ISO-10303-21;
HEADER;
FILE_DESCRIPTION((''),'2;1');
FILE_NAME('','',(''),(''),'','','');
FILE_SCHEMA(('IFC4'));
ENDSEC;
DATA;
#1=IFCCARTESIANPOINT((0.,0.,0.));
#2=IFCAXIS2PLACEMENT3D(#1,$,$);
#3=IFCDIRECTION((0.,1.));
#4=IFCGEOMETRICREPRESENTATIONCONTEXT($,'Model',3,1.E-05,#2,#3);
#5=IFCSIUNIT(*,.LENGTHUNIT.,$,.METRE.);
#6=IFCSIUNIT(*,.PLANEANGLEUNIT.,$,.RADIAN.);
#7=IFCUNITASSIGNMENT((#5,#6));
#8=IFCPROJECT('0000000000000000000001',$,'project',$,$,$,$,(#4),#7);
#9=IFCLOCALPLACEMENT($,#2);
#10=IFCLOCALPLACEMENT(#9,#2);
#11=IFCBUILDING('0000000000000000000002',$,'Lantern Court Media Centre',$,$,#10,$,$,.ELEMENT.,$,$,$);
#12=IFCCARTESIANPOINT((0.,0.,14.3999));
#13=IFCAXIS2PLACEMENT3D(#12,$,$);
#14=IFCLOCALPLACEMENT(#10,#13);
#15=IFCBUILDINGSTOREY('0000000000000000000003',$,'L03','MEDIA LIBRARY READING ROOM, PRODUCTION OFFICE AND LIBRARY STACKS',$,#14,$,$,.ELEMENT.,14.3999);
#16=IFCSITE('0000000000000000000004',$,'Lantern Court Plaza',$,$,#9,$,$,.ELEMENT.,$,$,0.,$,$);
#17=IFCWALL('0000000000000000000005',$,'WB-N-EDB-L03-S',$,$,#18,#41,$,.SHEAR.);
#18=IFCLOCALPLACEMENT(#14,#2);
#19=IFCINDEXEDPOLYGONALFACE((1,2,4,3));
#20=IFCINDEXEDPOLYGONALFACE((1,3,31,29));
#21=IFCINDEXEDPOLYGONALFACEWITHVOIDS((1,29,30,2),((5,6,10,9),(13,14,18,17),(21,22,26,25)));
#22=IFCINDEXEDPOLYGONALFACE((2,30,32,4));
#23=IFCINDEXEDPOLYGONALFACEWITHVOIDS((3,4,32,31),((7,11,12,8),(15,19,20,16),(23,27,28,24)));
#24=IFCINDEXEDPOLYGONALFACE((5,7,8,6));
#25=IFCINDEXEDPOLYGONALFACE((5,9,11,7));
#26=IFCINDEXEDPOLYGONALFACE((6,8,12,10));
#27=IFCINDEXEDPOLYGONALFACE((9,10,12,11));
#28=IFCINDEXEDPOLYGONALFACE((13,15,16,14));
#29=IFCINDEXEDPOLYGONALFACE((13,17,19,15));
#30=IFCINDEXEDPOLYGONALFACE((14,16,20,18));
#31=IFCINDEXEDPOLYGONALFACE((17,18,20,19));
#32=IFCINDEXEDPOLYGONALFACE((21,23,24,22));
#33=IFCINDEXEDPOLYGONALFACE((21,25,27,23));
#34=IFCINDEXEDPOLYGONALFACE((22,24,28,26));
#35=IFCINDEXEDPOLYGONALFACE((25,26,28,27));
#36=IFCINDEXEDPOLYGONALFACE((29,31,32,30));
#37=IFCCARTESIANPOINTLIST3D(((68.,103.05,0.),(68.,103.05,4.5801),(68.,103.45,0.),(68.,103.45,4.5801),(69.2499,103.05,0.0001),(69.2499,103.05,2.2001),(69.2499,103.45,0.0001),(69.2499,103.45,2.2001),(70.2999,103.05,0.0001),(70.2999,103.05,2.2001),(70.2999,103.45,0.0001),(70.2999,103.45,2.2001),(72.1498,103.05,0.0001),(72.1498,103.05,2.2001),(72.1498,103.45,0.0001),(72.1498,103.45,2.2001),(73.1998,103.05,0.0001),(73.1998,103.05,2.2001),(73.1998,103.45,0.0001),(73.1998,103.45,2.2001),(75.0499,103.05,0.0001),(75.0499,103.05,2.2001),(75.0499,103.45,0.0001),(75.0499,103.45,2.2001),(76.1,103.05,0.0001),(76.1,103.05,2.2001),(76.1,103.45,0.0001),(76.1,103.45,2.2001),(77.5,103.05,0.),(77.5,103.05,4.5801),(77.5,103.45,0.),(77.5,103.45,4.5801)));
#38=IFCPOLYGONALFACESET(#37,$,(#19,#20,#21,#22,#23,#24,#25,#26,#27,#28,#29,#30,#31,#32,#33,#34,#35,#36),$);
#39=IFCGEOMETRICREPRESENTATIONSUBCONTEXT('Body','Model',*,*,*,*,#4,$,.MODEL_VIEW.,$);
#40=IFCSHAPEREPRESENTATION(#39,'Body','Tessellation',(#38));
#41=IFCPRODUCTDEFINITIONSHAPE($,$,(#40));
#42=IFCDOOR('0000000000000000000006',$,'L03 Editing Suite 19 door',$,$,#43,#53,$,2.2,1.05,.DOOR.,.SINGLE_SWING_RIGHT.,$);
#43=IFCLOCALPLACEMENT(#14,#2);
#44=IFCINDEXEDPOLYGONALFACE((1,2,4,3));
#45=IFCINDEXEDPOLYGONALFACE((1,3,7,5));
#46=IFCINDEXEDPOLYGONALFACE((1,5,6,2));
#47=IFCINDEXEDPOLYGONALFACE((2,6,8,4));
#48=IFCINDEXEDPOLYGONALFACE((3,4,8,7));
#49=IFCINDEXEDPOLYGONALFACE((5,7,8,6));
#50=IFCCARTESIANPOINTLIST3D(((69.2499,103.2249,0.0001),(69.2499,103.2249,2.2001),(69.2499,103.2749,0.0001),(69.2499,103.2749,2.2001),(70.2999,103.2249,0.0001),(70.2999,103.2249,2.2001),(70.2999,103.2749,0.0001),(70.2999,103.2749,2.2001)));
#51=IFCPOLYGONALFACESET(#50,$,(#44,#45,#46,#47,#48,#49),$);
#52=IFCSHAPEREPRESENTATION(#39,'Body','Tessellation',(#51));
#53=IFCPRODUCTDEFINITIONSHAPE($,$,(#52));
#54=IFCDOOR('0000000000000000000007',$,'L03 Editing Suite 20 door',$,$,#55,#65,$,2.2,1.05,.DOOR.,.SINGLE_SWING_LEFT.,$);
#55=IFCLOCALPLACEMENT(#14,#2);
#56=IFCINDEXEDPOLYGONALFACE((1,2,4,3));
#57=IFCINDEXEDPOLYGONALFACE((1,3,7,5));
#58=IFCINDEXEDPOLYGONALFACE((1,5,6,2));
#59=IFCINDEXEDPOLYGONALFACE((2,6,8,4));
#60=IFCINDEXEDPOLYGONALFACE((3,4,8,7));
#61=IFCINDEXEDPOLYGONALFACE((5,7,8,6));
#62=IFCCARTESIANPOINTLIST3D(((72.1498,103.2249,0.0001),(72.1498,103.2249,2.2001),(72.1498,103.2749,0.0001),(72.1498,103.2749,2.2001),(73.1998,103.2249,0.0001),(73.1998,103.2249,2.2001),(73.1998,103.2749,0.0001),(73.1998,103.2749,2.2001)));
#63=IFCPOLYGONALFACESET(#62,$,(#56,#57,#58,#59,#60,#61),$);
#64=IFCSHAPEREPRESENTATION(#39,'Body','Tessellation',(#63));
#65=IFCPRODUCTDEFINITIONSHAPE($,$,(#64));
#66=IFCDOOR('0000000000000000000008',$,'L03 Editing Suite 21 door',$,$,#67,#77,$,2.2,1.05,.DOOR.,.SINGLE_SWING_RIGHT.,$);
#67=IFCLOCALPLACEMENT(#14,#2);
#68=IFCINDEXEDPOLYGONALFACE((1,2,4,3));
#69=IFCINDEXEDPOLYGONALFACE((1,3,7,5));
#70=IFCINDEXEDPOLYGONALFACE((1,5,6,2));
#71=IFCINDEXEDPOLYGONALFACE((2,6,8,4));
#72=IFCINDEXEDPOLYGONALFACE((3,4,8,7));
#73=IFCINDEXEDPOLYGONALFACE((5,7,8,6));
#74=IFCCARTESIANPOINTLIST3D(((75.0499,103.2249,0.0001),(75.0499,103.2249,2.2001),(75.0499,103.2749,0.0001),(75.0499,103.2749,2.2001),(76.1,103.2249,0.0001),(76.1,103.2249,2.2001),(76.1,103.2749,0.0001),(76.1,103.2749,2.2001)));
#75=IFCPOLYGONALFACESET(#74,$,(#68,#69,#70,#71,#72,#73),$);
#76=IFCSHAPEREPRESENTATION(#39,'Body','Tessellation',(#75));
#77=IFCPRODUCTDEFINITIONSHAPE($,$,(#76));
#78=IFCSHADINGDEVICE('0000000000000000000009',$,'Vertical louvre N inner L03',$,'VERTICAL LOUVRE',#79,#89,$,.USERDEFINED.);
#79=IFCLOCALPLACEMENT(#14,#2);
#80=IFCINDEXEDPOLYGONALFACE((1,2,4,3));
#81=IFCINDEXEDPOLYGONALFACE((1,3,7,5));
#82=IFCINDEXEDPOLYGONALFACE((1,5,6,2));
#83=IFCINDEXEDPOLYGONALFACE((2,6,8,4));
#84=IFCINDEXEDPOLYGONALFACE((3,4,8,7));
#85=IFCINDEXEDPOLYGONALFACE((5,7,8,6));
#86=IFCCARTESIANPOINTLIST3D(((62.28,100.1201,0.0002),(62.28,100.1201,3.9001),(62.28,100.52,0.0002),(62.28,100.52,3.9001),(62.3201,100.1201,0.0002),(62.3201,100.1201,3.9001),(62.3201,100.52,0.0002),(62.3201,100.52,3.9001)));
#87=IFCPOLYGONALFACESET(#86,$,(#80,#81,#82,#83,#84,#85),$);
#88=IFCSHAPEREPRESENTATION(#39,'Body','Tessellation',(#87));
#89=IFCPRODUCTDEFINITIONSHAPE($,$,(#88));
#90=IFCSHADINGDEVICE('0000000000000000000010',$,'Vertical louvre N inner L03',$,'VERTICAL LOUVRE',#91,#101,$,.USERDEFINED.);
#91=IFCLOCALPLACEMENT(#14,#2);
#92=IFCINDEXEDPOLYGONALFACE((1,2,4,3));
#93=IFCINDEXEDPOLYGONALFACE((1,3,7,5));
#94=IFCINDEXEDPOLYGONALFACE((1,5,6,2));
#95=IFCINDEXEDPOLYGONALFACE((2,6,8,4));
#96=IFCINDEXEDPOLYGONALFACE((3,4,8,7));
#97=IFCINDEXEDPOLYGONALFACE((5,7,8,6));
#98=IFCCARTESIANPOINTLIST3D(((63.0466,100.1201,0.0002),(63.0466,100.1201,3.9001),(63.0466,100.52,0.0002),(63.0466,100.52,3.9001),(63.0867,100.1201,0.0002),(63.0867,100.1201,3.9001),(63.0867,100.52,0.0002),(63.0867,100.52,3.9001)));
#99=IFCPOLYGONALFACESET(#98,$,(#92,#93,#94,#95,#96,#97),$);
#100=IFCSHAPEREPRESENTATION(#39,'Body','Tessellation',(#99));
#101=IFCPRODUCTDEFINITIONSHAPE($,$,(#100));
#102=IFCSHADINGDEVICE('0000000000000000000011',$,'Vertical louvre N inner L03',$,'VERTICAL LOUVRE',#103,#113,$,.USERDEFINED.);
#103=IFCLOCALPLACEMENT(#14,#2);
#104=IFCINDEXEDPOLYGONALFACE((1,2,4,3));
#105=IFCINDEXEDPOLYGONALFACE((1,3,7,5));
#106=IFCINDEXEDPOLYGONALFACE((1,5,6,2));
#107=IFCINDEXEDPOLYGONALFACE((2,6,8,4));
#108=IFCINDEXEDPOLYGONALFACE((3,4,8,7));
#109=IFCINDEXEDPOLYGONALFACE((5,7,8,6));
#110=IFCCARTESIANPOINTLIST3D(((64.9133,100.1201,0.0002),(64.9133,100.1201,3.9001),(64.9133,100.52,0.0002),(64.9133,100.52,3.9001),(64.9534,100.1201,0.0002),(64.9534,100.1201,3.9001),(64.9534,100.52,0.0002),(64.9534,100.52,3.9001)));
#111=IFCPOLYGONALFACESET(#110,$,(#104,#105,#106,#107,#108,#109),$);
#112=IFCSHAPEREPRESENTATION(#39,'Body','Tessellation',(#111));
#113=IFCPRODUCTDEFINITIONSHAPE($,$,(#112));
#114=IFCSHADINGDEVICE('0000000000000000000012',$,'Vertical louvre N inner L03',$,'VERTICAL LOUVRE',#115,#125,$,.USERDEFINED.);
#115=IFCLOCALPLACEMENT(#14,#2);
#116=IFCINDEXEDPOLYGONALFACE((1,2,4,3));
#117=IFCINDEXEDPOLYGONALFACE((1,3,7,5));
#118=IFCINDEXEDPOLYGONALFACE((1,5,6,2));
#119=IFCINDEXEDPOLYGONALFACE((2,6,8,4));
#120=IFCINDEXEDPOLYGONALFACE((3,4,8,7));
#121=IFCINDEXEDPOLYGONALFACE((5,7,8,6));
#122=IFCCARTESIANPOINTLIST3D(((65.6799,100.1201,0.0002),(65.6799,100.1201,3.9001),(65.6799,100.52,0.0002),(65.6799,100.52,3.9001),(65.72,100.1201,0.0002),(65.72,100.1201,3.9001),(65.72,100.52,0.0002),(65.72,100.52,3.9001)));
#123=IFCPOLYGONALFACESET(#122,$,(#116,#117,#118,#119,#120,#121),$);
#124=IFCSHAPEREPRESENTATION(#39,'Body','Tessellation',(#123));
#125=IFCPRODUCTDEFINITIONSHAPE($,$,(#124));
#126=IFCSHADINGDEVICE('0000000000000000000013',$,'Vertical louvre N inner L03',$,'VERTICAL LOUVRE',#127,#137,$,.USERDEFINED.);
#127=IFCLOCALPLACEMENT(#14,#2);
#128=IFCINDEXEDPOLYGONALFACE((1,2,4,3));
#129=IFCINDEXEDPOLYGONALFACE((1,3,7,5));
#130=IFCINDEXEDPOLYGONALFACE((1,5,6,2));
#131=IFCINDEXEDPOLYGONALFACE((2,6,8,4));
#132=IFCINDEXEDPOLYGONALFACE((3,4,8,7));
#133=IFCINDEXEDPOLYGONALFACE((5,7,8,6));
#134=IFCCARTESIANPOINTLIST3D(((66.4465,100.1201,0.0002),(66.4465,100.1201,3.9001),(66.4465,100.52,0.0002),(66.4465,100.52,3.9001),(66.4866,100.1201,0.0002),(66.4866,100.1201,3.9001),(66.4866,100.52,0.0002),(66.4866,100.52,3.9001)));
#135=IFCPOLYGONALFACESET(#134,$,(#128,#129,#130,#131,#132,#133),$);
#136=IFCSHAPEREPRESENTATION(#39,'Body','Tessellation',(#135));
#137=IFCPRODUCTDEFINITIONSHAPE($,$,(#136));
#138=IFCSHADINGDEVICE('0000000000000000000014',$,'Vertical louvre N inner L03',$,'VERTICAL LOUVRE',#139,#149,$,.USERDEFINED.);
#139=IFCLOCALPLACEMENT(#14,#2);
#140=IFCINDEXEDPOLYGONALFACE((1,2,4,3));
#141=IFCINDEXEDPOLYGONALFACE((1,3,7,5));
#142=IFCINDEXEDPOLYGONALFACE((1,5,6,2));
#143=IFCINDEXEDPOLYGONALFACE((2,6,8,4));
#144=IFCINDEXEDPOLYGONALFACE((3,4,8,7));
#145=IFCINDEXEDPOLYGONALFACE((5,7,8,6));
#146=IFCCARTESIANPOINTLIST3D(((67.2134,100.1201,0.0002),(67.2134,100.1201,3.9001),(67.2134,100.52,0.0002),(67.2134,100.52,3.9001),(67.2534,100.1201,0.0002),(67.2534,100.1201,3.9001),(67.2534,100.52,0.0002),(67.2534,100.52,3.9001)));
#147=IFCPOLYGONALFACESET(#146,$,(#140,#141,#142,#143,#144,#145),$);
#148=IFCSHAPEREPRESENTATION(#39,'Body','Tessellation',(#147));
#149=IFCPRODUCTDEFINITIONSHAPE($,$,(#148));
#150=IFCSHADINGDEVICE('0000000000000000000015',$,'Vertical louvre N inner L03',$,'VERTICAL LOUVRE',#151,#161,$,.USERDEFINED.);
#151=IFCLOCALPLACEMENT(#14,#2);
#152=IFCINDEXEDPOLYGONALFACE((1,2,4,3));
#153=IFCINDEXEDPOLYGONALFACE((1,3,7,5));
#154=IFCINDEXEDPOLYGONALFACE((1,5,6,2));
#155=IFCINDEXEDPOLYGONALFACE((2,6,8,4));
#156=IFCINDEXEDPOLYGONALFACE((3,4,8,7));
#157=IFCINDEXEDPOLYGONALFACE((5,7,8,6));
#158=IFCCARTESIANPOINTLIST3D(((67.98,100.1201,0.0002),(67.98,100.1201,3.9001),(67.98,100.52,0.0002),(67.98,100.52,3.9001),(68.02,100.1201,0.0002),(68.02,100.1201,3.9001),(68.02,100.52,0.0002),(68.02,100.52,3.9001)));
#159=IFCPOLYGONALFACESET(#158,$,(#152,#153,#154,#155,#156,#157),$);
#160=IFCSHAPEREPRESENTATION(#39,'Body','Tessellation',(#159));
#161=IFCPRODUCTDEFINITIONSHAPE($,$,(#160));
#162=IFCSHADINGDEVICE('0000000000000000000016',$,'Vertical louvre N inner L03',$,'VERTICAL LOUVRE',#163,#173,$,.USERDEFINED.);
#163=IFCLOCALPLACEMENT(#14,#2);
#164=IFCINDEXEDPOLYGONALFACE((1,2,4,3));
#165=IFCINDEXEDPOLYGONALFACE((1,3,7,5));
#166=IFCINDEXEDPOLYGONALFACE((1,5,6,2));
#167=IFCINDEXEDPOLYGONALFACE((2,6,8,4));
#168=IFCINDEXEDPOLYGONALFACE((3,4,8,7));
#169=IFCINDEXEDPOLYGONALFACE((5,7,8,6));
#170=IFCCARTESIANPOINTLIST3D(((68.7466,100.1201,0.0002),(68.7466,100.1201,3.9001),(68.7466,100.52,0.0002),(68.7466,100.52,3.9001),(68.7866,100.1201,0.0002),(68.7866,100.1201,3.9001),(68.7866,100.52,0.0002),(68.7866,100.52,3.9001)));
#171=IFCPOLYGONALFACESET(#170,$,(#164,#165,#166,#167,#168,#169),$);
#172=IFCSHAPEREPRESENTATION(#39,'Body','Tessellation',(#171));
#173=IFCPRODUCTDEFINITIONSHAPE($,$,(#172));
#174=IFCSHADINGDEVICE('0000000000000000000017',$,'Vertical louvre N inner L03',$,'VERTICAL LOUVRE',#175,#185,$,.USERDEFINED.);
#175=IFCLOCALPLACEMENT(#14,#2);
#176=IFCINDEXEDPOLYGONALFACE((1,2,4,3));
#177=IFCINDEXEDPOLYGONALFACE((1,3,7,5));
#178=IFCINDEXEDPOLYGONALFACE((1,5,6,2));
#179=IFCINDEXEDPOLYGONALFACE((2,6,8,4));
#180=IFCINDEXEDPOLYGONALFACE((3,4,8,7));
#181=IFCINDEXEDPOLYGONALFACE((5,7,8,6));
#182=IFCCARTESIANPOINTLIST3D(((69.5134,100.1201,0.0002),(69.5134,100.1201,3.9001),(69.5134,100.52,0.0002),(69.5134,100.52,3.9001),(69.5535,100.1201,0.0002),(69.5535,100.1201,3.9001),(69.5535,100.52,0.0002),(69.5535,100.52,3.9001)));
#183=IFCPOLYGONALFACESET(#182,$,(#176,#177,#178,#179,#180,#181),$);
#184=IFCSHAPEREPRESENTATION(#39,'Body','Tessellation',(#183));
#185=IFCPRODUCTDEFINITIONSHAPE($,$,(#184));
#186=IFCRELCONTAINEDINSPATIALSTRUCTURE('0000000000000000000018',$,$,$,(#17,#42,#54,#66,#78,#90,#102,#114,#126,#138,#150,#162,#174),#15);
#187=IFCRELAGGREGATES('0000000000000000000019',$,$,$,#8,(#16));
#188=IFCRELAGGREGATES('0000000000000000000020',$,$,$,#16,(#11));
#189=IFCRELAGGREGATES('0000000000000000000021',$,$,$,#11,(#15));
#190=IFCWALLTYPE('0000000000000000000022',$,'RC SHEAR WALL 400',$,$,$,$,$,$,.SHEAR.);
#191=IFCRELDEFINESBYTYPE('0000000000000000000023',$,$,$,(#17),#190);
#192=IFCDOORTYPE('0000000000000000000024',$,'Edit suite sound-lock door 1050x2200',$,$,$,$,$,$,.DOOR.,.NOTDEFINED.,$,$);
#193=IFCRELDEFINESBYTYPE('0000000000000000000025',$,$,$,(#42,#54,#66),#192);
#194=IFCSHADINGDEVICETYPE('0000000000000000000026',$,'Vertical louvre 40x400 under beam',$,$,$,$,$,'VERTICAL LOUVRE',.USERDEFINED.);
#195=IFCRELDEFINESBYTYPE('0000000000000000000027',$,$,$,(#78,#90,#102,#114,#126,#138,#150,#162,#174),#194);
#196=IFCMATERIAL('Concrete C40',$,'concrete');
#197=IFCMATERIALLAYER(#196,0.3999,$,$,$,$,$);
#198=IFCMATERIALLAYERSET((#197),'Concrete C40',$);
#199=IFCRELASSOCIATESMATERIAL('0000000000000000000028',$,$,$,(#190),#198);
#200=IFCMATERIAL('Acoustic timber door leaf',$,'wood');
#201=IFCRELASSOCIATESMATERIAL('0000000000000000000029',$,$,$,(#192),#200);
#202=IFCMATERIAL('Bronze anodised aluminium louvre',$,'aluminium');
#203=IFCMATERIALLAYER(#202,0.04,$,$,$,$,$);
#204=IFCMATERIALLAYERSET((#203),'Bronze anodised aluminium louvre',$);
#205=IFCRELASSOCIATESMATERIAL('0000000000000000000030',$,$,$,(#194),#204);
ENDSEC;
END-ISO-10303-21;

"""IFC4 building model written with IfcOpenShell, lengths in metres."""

from ifc_helpers import new_model, si_unit, direction, frame, frame_2d, origin, origin_2d, place, context, subcontext, project, spatial, rectangle, extrude, material, layer, layer_set, type_object, element, fill, save


model = new_model("IFC4")

# Units and contexts
model_context = context("Model", 3, precision=1e-05, world=origin(), true_north=direction((0.0, 1.0)))
body_context = subcontext(model_context, "Body", "Model", "MODEL_VIEW")
ifc_project = project(units=[si_unit("LENGTHUNIT", "METRE"), si_unit("PLANEANGLEUNIT", "RADIAN")], contexts=[model_context])

# Site, building, storey
site_placement = place(None, origin())
site = spatial("IfcSite", under=ifc_project, at=site_placement, Name="Lantern Court Plaza", CompositionType="ELEMENT", RefElevation=0.0)
building_placement = place(site_placement, origin())
building = spatial("IfcBuilding", under=site, at=building_placement, Name="Lantern Court Media Centre", CompositionType="ELEMENT")
storey_placement = place(building_placement, frame((0.0, 0.0, 14.3999)))
storey = spatial("IfcBuildingStorey", under=building, at=storey_placement, Name="L03", Description="MEDIA LIBRARY READING ROOM, PRODUCTION OFFICE AND LIBRARY STACKS", CompositionType="ELEMENT", Elevation=14.3999)

# Wall, openings, doors
ifc_material_1 = material(Name="Concrete C40", Category="concrete")
ifc_layer_1 = layer(ifc_material_1, 0.3999)
ifc_layer_set_1 = layer_set([ifc_layer_1], Name="Concrete C40")
wall_type_1 = type_object("IfcWallType", Name="RC SHEAR WALL 400", PredefinedType="SHEAR", material=ifc_layer_set_1)
wall_1_placement = place(storey_placement, frame((68.0, 103.25, 0.0), z_axis=(0.0, 0.0, 1.0), x_axis=(1.0, 0.0, 0.0)))
wall_1 = element("IfcWall", 1, at=wall_1_placement, inside=storey, type_object=wall_type_1, Name="WB-N-EDB-L03-S", PredefinedType="SHEAR", context=body_context, shape_type="SweptSolid", body=[
    extrude(rectangle(XDim=9.5, YDim=0.3999, at=frame_2d((4.75, 0.0))), origin(), (0.0, 0.0, 1.0), 4.5801),
])
opening_1_placement = place(wall_1_placement, frame((1.25, 0.0, 0.0)))
opening_1 = element("IfcOpeningElement", 2, at=opening_1_placement, cuts=wall_1, PredefinedType="OPENING", context=body_context, shape_type="SweptSolid", body=[
    extrude(rectangle(XDim=1.05, YDim=2.2, at=frame_2d((0.5249, 1.1001))), frame((0.0, 0.21, 0.0), z_axis=(0.0, -1.0, 0.0), x_axis=(1.0, 0.0, 0.0)), (0.0, 0.0, 1.0), 0.4199),
])
opening_2_placement = place(wall_1_placement, frame((4.1499, 0.0, 0.0)))
opening_2 = element("IfcOpeningElement", 3, at=opening_2_placement, cuts=wall_1, PredefinedType="OPENING", context=body_context, shape_type="SweptSolid", body=[
    extrude(rectangle(XDim=1.05, YDim=2.2, at=frame_2d((0.5249, 1.1001))), frame((0.0, 0.21, 0.0), z_axis=(0.0, -1.0, 0.0), x_axis=(1.0, 0.0, 0.0)), (0.0, 0.0, 1.0), 0.4199),
])
opening_3_placement = place(wall_1_placement, frame((7.05, 0.0, 0.0)))
opening_3 = element("IfcOpeningElement", 4, at=opening_3_placement, cuts=wall_1, PredefinedType="OPENING", context=body_context, shape_type="SweptSolid", body=[
    extrude(rectangle(XDim=1.05, YDim=2.2, at=frame_2d((0.5249, 1.1001))), frame((0.0, 0.21, 0.0), z_axis=(0.0, -1.0, 0.0), x_axis=(1.0, 0.0, 0.0)), (0.0, 0.0, 1.0), 0.4199),
])
ifc_material_2 = material(Name="Acoustic timber door leaf", Category="wood")
door_type = type_object("IfcDoorType", Name="Edit suite sound-lock door 1050x2200", OperationType="NOTDEFINED", PredefinedType="DOOR", material=ifc_material_2)
door_1_placement = place(opening_1_placement, origin())
door_1 = element("IfcDoor", 5, at=door_1_placement, inside=storey, type_object=door_type, Name="L03 Editing Suite 19 door", OperationType="SINGLE_SWING_RIGHT", OverallHeight=2.2, OverallWidth=1.05, PredefinedType="DOOR", context=body_context, shape_type="SweptSolid", body=[
    extrude(rectangle(XDim=1.05, YDim=2.2, at=frame_2d((0.5249, 1.1001))), frame((0.0, 0.0249, 0.0), z_axis=(0.0, -1.0, 0.0), x_axis=(1.0, 0.0, 0.0)), (0.0, 0.0, 1.0), 0.05),
])
fill(opening_1, door_1)
door_2_placement = place(opening_2_placement, origin())
door_2 = element("IfcDoor", 6, at=door_2_placement, inside=storey, type_object=door_type, Name="L03 Editing Suite 20 door", OperationType="SINGLE_SWING_LEFT", OverallHeight=2.2, OverallWidth=1.05, PredefinedType="DOOR", context=body_context, shape_type="SweptSolid", body=[
    extrude(rectangle(XDim=1.05, YDim=2.2, at=frame_2d((0.5249, 1.1001))), frame((0.0, 0.0249, 0.0), z_axis=(0.0, -1.0, 0.0), x_axis=(1.0, 0.0, 0.0)), (0.0, 0.0, 1.0), 0.05),
])
fill(opening_2, door_2)
door_3_placement = place(opening_3_placement, origin())
door_3 = element("IfcDoor", 7, at=door_3_placement, inside=storey, type_object=door_type, Name="L03 Editing Suite 21 door", OperationType="SINGLE_SWING_RIGHT", OverallHeight=2.2, OverallWidth=1.05, PredefinedType="DOOR", context=body_context, shape_type="SweptSolid", body=[
    extrude(rectangle(XDim=1.05, YDim=2.2, at=frame_2d((0.5249, 1.1001))), frame((0.0, 0.0249, 0.0), z_axis=(0.0, -1.0, 0.0), x_axis=(1.0, 0.0, 0.0)), (0.0, 0.0, 1.0), 0.05),
])
fill(opening_3, door_3)

# Shading devices
ifc_material_3 = material(Name="Bronze anodised aluminium louvre", Category="aluminium")
ifc_layer_2 = layer(ifc_material_3, 0.04)
ifc_layer_set_2 = layer_set([ifc_layer_2], Name="Bronze anodised aluminium louvre")
shading_device_type = type_object("IfcShadingDeviceType", Name="Vertical louvre 40x400 under beam", ElementType="VERTICAL LOUVRE", PredefinedType="USERDEFINED", material=ifc_layer_set_2)
for number, where, z_axis, x_axis, name in (
    (8, (62.3, 100.3201, 0.0002), (0.0, 0.0, 1.0), (1.0, 0.0, 0.0), "Vertical louvre N inner L03"),
    (9, (63.0667, 100.3201, 0.0002), (0.0, 0.0, 1.0), (1.0, 0.0, 0.0), "Vertical louvre N inner L03"),
    (10, (64.9333, 100.3201, 0.0002), (0.0, 0.0, 1.0), (1.0, 0.0, 0.0), "Vertical louvre N inner L03"),
    (11, (65.7, 100.3201, 0.0002), (0.0, 0.0, 1.0), (1.0, 0.0, 0.0), "Vertical louvre N inner L03"),
    (12, (66.4666, 100.3201, 0.0002), (0.0, 0.0, 1.0), (1.0, 0.0, 0.0), "Vertical louvre N inner L03"),
    (13, (67.2334, 100.3201, 0.0002), (0.0, 0.0, 1.0), (1.0, 0.0, 0.0), "Vertical louvre N inner L03"),
    (14, (68.0, 100.3201, 0.0002), (0.0, 0.0, 1.0), (1.0, 0.0, 0.0), "Vertical louvre N inner L03"),
    (15, (68.7666, 100.3201, 0.0002), (0.0, 0.0, 1.0), (1.0, 0.0, 0.0), "Vertical louvre N inner L03"),
    (16, (69.5334, 100.3201, 0.0002), (0.0, 0.0, 1.0), (1.0, 0.0, 0.0), "Vertical louvre N inner L03"),
):
    element("IfcShadingDevice", number, at=place(storey_placement, frame(where, z_axis=z_axis, x_axis=x_axis)), inside=storey, type_object=shading_device_type, Name=name, ObjectType="VERTICAL LOUVRE", PredefinedType="USERDEFINED", context=body_context, shape_type="SweptSolid", body=[
        extrude(rectangle(XDim=0.04, YDim=0.3999, at=origin_2d()), origin(), (0.0, 0.0, 1.0), 3.8999),
    ])

save(model, "model.ifc")
